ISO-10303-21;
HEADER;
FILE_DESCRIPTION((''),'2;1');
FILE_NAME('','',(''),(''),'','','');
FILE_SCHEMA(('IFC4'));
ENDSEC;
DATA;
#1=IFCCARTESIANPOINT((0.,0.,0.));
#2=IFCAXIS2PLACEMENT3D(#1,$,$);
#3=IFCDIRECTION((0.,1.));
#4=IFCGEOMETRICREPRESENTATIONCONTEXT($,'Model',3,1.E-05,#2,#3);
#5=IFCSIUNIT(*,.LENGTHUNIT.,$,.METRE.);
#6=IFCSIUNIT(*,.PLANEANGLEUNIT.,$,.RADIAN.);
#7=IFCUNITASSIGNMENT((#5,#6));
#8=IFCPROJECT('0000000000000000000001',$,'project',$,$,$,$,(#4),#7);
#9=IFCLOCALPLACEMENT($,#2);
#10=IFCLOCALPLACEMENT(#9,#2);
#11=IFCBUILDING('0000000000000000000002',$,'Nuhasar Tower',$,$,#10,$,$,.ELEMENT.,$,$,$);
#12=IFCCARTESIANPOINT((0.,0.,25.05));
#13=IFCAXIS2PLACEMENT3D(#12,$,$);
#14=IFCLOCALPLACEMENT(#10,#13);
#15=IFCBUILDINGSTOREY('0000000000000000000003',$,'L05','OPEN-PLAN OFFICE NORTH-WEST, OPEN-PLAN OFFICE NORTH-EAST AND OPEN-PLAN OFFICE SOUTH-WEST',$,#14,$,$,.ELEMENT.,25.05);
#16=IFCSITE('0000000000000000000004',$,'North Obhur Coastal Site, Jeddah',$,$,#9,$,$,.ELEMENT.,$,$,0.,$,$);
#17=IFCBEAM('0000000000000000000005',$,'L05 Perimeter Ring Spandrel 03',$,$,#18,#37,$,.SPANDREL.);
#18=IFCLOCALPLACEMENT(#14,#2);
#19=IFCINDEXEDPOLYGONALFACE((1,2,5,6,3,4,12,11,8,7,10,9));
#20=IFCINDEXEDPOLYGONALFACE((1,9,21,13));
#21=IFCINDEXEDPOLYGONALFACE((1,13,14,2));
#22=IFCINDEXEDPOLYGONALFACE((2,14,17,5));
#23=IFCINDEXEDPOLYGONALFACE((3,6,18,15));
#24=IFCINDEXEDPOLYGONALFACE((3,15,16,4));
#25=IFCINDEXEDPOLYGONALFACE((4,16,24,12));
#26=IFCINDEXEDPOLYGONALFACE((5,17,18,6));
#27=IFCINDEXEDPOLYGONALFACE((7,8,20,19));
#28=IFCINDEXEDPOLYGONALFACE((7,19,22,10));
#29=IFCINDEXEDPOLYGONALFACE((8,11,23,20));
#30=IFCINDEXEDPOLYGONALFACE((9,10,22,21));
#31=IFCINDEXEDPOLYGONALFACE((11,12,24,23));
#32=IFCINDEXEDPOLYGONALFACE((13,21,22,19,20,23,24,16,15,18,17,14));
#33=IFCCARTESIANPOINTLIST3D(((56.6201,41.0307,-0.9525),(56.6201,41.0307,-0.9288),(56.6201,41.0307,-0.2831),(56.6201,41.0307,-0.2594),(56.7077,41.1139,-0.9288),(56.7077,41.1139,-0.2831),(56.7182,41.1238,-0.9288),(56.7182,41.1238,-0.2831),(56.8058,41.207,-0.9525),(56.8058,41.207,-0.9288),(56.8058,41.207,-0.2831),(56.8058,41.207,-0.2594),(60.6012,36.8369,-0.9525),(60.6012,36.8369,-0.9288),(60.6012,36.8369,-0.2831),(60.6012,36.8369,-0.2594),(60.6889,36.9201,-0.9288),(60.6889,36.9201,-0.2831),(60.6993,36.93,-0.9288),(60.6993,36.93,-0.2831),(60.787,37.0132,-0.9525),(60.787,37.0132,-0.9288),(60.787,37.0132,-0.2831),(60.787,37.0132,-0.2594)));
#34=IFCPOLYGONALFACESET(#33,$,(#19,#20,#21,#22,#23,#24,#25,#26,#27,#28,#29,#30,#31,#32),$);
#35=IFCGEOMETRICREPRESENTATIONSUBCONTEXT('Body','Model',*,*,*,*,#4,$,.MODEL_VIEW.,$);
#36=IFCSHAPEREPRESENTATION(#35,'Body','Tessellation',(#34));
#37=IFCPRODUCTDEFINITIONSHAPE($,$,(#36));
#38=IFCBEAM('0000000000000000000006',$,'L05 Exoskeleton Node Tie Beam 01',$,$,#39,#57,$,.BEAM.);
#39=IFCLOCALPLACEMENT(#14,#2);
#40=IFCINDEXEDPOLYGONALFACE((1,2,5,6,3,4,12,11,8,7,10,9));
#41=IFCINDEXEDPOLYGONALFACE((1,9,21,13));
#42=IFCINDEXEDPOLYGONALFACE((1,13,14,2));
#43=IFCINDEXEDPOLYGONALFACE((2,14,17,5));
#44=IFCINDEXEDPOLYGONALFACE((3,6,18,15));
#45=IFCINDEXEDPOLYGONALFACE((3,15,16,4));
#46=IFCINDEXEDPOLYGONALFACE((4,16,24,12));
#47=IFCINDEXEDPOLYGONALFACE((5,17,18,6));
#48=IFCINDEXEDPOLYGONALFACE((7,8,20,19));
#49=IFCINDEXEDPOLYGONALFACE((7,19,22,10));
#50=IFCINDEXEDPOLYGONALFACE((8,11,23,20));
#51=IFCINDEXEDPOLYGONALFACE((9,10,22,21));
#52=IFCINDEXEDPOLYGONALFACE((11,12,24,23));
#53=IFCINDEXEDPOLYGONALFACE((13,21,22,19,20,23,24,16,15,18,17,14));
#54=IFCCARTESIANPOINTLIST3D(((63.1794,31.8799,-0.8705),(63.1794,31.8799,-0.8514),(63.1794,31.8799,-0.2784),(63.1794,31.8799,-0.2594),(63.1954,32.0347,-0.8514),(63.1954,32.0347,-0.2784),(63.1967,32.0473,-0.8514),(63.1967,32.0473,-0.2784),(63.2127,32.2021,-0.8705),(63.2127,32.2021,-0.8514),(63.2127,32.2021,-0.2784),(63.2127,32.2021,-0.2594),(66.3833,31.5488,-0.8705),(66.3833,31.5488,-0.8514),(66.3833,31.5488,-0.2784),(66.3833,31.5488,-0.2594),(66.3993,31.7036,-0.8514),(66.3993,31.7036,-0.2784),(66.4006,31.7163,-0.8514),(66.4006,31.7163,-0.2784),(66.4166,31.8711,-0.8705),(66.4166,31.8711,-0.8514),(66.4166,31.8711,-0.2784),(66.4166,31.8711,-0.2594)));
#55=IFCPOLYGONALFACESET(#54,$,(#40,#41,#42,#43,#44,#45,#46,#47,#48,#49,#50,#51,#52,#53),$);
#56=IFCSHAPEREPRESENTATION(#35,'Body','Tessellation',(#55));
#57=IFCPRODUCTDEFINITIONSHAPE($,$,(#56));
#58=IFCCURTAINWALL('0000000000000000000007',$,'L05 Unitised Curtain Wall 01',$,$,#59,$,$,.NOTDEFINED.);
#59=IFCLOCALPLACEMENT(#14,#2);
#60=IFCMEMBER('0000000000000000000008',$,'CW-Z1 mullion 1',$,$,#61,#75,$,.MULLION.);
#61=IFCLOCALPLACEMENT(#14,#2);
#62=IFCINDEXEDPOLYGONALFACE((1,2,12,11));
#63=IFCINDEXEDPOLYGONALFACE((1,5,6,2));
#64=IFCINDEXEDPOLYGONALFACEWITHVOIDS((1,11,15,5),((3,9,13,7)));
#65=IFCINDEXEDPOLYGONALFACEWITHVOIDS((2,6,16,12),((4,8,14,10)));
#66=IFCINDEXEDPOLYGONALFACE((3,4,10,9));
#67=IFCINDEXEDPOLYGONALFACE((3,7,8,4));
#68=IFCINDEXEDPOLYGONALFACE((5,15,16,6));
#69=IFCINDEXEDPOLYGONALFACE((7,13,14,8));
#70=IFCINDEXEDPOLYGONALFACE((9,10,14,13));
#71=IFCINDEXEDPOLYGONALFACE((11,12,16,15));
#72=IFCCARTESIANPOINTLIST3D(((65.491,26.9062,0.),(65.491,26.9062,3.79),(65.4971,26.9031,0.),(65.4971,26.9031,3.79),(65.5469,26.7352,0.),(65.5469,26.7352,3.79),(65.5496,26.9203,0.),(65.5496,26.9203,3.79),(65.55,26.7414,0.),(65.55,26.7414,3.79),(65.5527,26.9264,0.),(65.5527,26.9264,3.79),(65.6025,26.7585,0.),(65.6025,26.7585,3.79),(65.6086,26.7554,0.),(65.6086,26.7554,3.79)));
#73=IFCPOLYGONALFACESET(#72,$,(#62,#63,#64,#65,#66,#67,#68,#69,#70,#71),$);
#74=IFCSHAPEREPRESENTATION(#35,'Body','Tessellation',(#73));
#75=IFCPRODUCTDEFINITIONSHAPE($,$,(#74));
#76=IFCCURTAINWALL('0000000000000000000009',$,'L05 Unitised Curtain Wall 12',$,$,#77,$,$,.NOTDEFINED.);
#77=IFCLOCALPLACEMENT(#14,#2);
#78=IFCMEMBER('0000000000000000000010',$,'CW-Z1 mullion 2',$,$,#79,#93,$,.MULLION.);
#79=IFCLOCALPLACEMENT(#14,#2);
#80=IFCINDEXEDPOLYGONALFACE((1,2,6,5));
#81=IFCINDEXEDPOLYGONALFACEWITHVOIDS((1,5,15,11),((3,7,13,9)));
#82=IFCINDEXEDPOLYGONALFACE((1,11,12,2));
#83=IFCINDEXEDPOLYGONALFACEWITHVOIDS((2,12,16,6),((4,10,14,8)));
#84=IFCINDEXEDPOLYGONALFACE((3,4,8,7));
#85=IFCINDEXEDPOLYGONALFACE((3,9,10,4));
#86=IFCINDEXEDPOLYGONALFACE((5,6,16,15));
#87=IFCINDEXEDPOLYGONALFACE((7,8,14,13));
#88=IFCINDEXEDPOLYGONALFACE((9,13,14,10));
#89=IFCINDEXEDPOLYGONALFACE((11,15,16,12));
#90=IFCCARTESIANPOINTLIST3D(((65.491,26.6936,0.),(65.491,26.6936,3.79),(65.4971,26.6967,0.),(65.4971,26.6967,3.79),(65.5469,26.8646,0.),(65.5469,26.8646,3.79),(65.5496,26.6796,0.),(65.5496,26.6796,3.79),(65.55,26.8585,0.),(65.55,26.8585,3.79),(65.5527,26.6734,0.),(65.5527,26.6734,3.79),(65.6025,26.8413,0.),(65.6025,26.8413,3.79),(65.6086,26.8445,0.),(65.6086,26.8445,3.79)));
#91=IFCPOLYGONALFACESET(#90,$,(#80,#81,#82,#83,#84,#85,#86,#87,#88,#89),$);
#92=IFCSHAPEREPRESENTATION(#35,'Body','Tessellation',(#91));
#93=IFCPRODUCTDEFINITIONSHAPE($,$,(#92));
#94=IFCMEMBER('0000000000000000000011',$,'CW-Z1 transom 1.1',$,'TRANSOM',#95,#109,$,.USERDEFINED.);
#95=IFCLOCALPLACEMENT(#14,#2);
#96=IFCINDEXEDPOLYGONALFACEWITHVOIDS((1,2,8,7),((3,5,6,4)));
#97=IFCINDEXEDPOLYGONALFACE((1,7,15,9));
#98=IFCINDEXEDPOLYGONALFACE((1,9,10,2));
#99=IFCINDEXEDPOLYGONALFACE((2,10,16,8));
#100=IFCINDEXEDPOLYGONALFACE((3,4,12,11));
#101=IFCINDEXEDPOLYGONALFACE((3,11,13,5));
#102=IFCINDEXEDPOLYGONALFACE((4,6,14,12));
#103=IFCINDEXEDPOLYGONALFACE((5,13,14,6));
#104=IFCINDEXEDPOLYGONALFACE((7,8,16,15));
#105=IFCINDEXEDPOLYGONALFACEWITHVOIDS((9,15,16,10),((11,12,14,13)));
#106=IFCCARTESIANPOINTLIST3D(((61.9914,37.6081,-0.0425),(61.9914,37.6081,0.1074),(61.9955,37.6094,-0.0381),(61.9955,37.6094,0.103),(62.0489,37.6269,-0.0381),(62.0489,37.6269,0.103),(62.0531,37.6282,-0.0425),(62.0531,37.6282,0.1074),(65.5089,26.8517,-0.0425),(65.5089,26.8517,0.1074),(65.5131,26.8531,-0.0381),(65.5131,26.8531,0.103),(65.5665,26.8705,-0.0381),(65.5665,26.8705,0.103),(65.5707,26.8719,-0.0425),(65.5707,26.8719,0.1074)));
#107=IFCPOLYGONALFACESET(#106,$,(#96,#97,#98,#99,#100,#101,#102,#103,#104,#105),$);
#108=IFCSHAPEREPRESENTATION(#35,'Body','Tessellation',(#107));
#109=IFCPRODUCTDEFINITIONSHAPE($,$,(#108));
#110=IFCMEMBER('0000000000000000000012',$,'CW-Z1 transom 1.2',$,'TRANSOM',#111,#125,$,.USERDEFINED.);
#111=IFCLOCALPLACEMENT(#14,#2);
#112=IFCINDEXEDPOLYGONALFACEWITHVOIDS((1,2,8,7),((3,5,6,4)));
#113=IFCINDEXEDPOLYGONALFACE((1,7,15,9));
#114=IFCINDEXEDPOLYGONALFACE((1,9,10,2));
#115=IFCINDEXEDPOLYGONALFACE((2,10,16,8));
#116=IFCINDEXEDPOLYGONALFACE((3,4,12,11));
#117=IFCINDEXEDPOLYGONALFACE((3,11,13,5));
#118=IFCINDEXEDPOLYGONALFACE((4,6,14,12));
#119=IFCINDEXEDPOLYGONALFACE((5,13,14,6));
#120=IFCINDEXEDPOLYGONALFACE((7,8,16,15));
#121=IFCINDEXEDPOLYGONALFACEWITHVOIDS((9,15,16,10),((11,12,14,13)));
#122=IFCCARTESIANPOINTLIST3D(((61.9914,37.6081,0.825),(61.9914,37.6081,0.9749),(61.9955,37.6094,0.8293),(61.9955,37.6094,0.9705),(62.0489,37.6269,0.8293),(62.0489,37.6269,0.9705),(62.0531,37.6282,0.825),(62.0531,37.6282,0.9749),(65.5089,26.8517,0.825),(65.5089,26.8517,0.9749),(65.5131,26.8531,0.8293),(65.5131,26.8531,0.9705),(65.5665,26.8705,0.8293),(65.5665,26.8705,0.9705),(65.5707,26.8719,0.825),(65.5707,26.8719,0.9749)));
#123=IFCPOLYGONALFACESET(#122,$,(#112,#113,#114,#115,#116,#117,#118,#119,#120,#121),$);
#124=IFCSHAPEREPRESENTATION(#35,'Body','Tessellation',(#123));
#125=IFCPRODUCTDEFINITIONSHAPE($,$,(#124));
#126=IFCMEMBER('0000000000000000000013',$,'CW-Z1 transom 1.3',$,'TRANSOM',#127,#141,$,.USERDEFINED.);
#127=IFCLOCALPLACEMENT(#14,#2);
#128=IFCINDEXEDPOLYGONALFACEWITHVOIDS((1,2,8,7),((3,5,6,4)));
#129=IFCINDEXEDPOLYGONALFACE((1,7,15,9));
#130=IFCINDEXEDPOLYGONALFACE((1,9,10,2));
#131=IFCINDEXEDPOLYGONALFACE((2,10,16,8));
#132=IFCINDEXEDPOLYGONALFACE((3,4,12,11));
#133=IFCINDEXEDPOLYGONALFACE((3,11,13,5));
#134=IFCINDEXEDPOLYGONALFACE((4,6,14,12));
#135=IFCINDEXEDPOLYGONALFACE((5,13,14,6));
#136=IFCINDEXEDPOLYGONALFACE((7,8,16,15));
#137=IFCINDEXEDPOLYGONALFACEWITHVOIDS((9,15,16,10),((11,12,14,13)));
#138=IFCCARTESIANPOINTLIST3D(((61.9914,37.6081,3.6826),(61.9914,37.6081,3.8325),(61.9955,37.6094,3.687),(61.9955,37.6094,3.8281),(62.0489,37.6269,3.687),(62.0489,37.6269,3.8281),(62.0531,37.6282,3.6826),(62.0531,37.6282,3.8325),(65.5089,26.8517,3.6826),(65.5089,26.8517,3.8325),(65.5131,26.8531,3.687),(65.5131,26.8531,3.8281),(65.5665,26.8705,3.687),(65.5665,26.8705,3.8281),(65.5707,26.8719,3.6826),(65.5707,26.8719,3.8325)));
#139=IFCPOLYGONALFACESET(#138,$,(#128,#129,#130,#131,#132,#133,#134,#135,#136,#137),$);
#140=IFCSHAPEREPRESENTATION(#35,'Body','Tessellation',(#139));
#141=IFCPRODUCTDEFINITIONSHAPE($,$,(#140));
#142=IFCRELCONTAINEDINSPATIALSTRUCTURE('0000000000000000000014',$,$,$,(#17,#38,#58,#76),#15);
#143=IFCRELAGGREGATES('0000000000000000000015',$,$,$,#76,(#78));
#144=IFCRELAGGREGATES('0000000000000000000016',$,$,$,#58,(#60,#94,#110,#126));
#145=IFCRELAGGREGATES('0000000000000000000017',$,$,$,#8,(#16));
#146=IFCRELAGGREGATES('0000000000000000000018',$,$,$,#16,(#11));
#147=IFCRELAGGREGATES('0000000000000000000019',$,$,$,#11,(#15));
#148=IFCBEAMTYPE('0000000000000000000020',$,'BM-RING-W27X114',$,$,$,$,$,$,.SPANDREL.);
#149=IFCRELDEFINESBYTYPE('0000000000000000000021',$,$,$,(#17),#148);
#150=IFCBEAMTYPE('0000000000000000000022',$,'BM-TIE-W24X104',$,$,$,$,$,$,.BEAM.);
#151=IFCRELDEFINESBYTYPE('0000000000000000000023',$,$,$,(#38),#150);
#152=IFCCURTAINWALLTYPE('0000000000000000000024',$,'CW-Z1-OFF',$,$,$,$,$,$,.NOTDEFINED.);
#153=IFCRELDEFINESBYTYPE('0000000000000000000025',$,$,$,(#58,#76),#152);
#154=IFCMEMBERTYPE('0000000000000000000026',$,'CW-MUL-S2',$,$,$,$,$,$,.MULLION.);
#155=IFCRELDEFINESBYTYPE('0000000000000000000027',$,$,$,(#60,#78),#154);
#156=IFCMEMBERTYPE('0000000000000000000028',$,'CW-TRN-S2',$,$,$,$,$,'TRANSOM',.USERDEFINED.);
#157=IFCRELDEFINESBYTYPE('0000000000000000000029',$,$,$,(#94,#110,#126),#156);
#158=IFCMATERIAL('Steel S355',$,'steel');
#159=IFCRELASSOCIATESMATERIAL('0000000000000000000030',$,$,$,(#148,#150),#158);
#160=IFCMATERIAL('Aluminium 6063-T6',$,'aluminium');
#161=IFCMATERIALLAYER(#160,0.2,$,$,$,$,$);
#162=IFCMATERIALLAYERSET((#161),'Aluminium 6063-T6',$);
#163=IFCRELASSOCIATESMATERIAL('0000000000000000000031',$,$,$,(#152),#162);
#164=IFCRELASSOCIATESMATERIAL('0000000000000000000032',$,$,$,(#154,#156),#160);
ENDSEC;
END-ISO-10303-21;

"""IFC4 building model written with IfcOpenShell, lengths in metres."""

from ifc_helpers import new_model, si_unit, direction, frame, origin, origin_2d, place, context, subcontext, project, spatial, hollow_rectangle, i_section, extrude, material, layer, layer_set, material_profile, profile_set, type_object, element, aggregate, save


model = new_model("IFC4")

# Units and contexts
model_context = context("Model", 3, precision=1e-05, world=origin(), true_north=direction((0.0, 1.0)))
body_context = subcontext(model_context, "Body", "Model", "MODEL_VIEW")
ifc_project = project(units=[si_unit("LENGTHUNIT", "METRE"), si_unit("PLANEANGLEUNIT", "RADIAN")], contexts=[model_context])

# Site, building, storey
site_placement = place(None, origin())
site = spatial("IfcSite", under=ifc_project, at=site_placement, Name="North Obhur Coastal Site, Jeddah", CompositionType="ELEMENT", RefElevation=0.0)
building_placement = place(site_placement, origin())
building = spatial("IfcBuilding", under=site, at=building_placement, Name="Nuhasar Tower", CompositionType="ELEMENT")
storey_placement = place(building_placement, frame((0.0, 0.0, 25.05)))
storey = spatial("IfcBuildingStorey", under=building, at=storey_placement, Name="L05", Description="OPEN-PLAN OFFICE NORTH-WEST, OPEN-PLAN OFFICE NORTH-EAST AND OPEN-PLAN OFFICE SOUTH-WEST", CompositionType="ELEMENT", Elevation=25.05)

# Beams
ifc_material_1 = material(Name="Steel S355", Category="steel")
ifc_material_profile_1 = material_profile(ifc_material_1, i_section(OverallWidth=0.2561, OverallDepth=0.6931, WebThickness=0.0144, FlangeThickness=0.0237, at=origin_2d()), Name="W27X114")
ifc_profile_set_1 = profile_set([ifc_material_profile_1], Name="Steel S355")
beam_type_1 = type_object("IfcBeamType", Name="BM-RING-W27X114", PredefinedType="SPANDREL", material=ifc_profile_set_1)
beam_1_placement = place(storey_placement, frame((60.6941, 36.925, -0.606), z_axis=(-0.688481, 0.725254, 0.0), x_axis=(-0.725254, -0.688481, 0.0)))
element("IfcBeam", 1, at=beam_1_placement, inside=storey, type_object=beam_type_1, Name="L05 Perimeter Ring Spandrel 03", PredefinedType="SPANDREL", context=body_context, shape_type="SweptSolid", body=[
    extrude(i_section(OverallWidth=0.2561, OverallDepth=0.6931, WebThickness=0.0144, FlangeThickness=0.0237, at=origin_2d()), origin(), (0.0, 0.0, 1.0), 5.7825),
])
ifc_material_profile_2 = material_profile(ifc_material_1, i_section(OverallWidth=0.324, OverallDepth=0.6111, WebThickness=0.0127, FlangeThickness=0.019, at=origin_2d()), Name="W24X104")
ifc_profile_set_2 = profile_set([ifc_material_profile_2], Name="Steel S355")
beam_type_2 = type_object("IfcBeamType", Name="BM-TIE-W24X104", PredefinedType="BEAM", material=ifc_profile_set_2)
beam_2_placement = place(storey_placement, frame((63.196, 32.041, -0.5649), z_axis=(0.994704, -0.102783, 0.0), x_axis=(0.102783, 0.994704, 0.0)))
element("IfcBeam", 2, at=beam_2_placement, inside=storey, type_object=beam_type_2, Name="L05 Exoskeleton Node Tie Beam 01", PredefinedType="BEAM", context=body_context, shape_type="SweptSolid", body=[
    extrude(i_section(OverallWidth=0.324, OverallDepth=0.6111, WebThickness=0.0127, FlangeThickness=0.019, at=origin_2d()), origin(), (0.0, 0.0, 1.0), 3.2209),
])

# Curtain walls, members
ifc_material_2 = material(Name="Aluminium 6063-T6", Category="aluminium")
ifc_layer_1 = layer(ifc_material_2, 0.2)
ifc_layer_set_1 = layer_set([ifc_layer_1], Name="Aluminium 6063-T6")
curtain_wall_type = type_object("IfcCurtainWallType", Name="CW-Z1-OFF", PredefinedType="NOTDEFINED", material=ifc_layer_set_1)
curtain_wall_1_placement = place(storey_placement, origin())
curtain_wall_1 = element("IfcCurtainWall", 3, at=curtain_wall_1_placement, inside=storey, type_object=curtain_wall_type, Name="L05 Unitised Curtain Wall 01", PredefinedType="NOTDEFINED")
ifc_material_profile_3 = material_profile(ifc_material_2, hollow_rectangle(XDim=0.0649, YDim=0.1799, WallThickness=0.0049, at=origin_2d()), Name="CWM-2")
ifc_profile_set_3 = profile_set([ifc_material_profile_3], Name="Aluminium 6063-T6")
member_type_1 = type_object("IfcMemberType", Name="CW-MUL-S2", PredefinedType="MULLION", material=ifc_profile_set_3)
member_1_placement = place(storey_placement, frame((65.5498, 26.8308, 0.0), z_axis=(0.0, 0.0, 1.0), x_axis=(-0.950468, -0.310824, 0.0)))
member_1 = element("IfcMember", 4, at=member_1_placement, type_object=member_type_1, Name="CW-Z1 mullion 1", PredefinedType="MULLION", context=body_context, shape_type="SweptSolid", body=[
    extrude(hollow_rectangle(XDim=0.0649, YDim=0.1799, WallThickness=0.0049, at=origin_2d()), origin(), (0.0, 0.0, 1.0), 3.79),
])
curtain_wall_2_placement = place(storey_placement, origin())
curtain_wall_2 = element("IfcCurtainWall", 5, at=curtain_wall_2_placement, inside=storey, type_object=curtain_wall_type, Name="L05 Unitised Curtain Wall 12", PredefinedType="NOTDEFINED")
member_2_placement = place(storey_placement, frame((65.5498, 26.769, 0.0), z_axis=(0.0, 0.0, 1.0), x_axis=(-0.950468, 0.310824, 0.0)))
member_2 = element("IfcMember", 6, at=member_2_placement, type_object=member_type_1, Name="CW-Z1 mullion 2", PredefinedType="MULLION", context=body_context, shape_type="SweptSolid", body=[
    extrude(hollow_rectangle(XDim=0.0649, YDim=0.1799, WallThickness=0.0049, at=origin_2d()), origin(), (0.0, 0.0, 1.0), 3.79),
])
aggregate(curtain_wall_2, [member_2])

# Members
ifc_material_profile_4 = material_profile(ifc_material_2, hollow_rectangle(XDim=0.0649, YDim=0.1499, WallThickness=0.0044, at=origin_2d()), Name="CWT-2")
ifc_profile_set_4 = profile_set([ifc_material_profile_4], Name="Aluminium 6063-T6")
member_type_2 = type_object("IfcMemberType", Name="CW-TRN-S2", ElementType="TRANSOM", PredefinedType="USERDEFINED", material=ifc_profile_set_4)
member_3_placement = place(storey_placement, frame((65.5398, 26.8618, 0.0325), z_axis=(-0.310825, 0.950467, 0.0), x_axis=(-0.950467, -0.310825, 0.0)))
member_3 = element("IfcMember", 7, at=member_3_placement, type_object=member_type_2, Name="CW-Z1 transom 1.1", ObjectType="TRANSOM", PredefinedType="USERDEFINED", context=body_context, shape_type="SweptSolid", body=[
    extrude(hollow_rectangle(XDim=0.0649, YDim=0.1499, WallThickness=0.0044, at=origin_2d()), origin(), (0.0, 0.0, 1.0), 11.3169),
])
member_4_placement = place(storey_placement, frame((65.5398, 26.8618, 0.8999), z_axis=(-0.310825, 0.950467, 0.0), x_axis=(-0.950467, -0.310825, 0.0)))
member_4 = element("IfcMember", 8, at=member_4_placement, type_object=member_type_2, Name="CW-Z1 transom 1.2", ObjectType="TRANSOM", PredefinedType="USERDEFINED", context=body_context, shape_type="SweptSolid", body=[
    extrude(hollow_rectangle(XDim=0.0649, YDim=0.1499, WallThickness=0.0044, at=origin_2d()), origin(), (0.0, 0.0, 1.0), 11.3169),
])
member_5_placement = place(storey_placement, frame((65.5398, 26.8618, 3.7576), z_axis=(-0.310825, 0.950467, 0.0), x_axis=(-0.950467, -0.310825, 0.0)))
member_5 = element("IfcMember", 9, at=member_5_placement, type_object=member_type_2, Name="CW-Z1 transom 1.3", ObjectType="TRANSOM", PredefinedType="USERDEFINED", context=body_context, shape_type="SweptSolid", body=[
    extrude(hollow_rectangle(XDim=0.0649, YDim=0.1499, WallThickness=0.0044, at=origin_2d()), origin(), (0.0, 0.0, 1.0), 11.3169),
])

aggregate(curtain_wall_1, [member_1, member_3, member_4, member_5])

save(model, "model.ifc")
